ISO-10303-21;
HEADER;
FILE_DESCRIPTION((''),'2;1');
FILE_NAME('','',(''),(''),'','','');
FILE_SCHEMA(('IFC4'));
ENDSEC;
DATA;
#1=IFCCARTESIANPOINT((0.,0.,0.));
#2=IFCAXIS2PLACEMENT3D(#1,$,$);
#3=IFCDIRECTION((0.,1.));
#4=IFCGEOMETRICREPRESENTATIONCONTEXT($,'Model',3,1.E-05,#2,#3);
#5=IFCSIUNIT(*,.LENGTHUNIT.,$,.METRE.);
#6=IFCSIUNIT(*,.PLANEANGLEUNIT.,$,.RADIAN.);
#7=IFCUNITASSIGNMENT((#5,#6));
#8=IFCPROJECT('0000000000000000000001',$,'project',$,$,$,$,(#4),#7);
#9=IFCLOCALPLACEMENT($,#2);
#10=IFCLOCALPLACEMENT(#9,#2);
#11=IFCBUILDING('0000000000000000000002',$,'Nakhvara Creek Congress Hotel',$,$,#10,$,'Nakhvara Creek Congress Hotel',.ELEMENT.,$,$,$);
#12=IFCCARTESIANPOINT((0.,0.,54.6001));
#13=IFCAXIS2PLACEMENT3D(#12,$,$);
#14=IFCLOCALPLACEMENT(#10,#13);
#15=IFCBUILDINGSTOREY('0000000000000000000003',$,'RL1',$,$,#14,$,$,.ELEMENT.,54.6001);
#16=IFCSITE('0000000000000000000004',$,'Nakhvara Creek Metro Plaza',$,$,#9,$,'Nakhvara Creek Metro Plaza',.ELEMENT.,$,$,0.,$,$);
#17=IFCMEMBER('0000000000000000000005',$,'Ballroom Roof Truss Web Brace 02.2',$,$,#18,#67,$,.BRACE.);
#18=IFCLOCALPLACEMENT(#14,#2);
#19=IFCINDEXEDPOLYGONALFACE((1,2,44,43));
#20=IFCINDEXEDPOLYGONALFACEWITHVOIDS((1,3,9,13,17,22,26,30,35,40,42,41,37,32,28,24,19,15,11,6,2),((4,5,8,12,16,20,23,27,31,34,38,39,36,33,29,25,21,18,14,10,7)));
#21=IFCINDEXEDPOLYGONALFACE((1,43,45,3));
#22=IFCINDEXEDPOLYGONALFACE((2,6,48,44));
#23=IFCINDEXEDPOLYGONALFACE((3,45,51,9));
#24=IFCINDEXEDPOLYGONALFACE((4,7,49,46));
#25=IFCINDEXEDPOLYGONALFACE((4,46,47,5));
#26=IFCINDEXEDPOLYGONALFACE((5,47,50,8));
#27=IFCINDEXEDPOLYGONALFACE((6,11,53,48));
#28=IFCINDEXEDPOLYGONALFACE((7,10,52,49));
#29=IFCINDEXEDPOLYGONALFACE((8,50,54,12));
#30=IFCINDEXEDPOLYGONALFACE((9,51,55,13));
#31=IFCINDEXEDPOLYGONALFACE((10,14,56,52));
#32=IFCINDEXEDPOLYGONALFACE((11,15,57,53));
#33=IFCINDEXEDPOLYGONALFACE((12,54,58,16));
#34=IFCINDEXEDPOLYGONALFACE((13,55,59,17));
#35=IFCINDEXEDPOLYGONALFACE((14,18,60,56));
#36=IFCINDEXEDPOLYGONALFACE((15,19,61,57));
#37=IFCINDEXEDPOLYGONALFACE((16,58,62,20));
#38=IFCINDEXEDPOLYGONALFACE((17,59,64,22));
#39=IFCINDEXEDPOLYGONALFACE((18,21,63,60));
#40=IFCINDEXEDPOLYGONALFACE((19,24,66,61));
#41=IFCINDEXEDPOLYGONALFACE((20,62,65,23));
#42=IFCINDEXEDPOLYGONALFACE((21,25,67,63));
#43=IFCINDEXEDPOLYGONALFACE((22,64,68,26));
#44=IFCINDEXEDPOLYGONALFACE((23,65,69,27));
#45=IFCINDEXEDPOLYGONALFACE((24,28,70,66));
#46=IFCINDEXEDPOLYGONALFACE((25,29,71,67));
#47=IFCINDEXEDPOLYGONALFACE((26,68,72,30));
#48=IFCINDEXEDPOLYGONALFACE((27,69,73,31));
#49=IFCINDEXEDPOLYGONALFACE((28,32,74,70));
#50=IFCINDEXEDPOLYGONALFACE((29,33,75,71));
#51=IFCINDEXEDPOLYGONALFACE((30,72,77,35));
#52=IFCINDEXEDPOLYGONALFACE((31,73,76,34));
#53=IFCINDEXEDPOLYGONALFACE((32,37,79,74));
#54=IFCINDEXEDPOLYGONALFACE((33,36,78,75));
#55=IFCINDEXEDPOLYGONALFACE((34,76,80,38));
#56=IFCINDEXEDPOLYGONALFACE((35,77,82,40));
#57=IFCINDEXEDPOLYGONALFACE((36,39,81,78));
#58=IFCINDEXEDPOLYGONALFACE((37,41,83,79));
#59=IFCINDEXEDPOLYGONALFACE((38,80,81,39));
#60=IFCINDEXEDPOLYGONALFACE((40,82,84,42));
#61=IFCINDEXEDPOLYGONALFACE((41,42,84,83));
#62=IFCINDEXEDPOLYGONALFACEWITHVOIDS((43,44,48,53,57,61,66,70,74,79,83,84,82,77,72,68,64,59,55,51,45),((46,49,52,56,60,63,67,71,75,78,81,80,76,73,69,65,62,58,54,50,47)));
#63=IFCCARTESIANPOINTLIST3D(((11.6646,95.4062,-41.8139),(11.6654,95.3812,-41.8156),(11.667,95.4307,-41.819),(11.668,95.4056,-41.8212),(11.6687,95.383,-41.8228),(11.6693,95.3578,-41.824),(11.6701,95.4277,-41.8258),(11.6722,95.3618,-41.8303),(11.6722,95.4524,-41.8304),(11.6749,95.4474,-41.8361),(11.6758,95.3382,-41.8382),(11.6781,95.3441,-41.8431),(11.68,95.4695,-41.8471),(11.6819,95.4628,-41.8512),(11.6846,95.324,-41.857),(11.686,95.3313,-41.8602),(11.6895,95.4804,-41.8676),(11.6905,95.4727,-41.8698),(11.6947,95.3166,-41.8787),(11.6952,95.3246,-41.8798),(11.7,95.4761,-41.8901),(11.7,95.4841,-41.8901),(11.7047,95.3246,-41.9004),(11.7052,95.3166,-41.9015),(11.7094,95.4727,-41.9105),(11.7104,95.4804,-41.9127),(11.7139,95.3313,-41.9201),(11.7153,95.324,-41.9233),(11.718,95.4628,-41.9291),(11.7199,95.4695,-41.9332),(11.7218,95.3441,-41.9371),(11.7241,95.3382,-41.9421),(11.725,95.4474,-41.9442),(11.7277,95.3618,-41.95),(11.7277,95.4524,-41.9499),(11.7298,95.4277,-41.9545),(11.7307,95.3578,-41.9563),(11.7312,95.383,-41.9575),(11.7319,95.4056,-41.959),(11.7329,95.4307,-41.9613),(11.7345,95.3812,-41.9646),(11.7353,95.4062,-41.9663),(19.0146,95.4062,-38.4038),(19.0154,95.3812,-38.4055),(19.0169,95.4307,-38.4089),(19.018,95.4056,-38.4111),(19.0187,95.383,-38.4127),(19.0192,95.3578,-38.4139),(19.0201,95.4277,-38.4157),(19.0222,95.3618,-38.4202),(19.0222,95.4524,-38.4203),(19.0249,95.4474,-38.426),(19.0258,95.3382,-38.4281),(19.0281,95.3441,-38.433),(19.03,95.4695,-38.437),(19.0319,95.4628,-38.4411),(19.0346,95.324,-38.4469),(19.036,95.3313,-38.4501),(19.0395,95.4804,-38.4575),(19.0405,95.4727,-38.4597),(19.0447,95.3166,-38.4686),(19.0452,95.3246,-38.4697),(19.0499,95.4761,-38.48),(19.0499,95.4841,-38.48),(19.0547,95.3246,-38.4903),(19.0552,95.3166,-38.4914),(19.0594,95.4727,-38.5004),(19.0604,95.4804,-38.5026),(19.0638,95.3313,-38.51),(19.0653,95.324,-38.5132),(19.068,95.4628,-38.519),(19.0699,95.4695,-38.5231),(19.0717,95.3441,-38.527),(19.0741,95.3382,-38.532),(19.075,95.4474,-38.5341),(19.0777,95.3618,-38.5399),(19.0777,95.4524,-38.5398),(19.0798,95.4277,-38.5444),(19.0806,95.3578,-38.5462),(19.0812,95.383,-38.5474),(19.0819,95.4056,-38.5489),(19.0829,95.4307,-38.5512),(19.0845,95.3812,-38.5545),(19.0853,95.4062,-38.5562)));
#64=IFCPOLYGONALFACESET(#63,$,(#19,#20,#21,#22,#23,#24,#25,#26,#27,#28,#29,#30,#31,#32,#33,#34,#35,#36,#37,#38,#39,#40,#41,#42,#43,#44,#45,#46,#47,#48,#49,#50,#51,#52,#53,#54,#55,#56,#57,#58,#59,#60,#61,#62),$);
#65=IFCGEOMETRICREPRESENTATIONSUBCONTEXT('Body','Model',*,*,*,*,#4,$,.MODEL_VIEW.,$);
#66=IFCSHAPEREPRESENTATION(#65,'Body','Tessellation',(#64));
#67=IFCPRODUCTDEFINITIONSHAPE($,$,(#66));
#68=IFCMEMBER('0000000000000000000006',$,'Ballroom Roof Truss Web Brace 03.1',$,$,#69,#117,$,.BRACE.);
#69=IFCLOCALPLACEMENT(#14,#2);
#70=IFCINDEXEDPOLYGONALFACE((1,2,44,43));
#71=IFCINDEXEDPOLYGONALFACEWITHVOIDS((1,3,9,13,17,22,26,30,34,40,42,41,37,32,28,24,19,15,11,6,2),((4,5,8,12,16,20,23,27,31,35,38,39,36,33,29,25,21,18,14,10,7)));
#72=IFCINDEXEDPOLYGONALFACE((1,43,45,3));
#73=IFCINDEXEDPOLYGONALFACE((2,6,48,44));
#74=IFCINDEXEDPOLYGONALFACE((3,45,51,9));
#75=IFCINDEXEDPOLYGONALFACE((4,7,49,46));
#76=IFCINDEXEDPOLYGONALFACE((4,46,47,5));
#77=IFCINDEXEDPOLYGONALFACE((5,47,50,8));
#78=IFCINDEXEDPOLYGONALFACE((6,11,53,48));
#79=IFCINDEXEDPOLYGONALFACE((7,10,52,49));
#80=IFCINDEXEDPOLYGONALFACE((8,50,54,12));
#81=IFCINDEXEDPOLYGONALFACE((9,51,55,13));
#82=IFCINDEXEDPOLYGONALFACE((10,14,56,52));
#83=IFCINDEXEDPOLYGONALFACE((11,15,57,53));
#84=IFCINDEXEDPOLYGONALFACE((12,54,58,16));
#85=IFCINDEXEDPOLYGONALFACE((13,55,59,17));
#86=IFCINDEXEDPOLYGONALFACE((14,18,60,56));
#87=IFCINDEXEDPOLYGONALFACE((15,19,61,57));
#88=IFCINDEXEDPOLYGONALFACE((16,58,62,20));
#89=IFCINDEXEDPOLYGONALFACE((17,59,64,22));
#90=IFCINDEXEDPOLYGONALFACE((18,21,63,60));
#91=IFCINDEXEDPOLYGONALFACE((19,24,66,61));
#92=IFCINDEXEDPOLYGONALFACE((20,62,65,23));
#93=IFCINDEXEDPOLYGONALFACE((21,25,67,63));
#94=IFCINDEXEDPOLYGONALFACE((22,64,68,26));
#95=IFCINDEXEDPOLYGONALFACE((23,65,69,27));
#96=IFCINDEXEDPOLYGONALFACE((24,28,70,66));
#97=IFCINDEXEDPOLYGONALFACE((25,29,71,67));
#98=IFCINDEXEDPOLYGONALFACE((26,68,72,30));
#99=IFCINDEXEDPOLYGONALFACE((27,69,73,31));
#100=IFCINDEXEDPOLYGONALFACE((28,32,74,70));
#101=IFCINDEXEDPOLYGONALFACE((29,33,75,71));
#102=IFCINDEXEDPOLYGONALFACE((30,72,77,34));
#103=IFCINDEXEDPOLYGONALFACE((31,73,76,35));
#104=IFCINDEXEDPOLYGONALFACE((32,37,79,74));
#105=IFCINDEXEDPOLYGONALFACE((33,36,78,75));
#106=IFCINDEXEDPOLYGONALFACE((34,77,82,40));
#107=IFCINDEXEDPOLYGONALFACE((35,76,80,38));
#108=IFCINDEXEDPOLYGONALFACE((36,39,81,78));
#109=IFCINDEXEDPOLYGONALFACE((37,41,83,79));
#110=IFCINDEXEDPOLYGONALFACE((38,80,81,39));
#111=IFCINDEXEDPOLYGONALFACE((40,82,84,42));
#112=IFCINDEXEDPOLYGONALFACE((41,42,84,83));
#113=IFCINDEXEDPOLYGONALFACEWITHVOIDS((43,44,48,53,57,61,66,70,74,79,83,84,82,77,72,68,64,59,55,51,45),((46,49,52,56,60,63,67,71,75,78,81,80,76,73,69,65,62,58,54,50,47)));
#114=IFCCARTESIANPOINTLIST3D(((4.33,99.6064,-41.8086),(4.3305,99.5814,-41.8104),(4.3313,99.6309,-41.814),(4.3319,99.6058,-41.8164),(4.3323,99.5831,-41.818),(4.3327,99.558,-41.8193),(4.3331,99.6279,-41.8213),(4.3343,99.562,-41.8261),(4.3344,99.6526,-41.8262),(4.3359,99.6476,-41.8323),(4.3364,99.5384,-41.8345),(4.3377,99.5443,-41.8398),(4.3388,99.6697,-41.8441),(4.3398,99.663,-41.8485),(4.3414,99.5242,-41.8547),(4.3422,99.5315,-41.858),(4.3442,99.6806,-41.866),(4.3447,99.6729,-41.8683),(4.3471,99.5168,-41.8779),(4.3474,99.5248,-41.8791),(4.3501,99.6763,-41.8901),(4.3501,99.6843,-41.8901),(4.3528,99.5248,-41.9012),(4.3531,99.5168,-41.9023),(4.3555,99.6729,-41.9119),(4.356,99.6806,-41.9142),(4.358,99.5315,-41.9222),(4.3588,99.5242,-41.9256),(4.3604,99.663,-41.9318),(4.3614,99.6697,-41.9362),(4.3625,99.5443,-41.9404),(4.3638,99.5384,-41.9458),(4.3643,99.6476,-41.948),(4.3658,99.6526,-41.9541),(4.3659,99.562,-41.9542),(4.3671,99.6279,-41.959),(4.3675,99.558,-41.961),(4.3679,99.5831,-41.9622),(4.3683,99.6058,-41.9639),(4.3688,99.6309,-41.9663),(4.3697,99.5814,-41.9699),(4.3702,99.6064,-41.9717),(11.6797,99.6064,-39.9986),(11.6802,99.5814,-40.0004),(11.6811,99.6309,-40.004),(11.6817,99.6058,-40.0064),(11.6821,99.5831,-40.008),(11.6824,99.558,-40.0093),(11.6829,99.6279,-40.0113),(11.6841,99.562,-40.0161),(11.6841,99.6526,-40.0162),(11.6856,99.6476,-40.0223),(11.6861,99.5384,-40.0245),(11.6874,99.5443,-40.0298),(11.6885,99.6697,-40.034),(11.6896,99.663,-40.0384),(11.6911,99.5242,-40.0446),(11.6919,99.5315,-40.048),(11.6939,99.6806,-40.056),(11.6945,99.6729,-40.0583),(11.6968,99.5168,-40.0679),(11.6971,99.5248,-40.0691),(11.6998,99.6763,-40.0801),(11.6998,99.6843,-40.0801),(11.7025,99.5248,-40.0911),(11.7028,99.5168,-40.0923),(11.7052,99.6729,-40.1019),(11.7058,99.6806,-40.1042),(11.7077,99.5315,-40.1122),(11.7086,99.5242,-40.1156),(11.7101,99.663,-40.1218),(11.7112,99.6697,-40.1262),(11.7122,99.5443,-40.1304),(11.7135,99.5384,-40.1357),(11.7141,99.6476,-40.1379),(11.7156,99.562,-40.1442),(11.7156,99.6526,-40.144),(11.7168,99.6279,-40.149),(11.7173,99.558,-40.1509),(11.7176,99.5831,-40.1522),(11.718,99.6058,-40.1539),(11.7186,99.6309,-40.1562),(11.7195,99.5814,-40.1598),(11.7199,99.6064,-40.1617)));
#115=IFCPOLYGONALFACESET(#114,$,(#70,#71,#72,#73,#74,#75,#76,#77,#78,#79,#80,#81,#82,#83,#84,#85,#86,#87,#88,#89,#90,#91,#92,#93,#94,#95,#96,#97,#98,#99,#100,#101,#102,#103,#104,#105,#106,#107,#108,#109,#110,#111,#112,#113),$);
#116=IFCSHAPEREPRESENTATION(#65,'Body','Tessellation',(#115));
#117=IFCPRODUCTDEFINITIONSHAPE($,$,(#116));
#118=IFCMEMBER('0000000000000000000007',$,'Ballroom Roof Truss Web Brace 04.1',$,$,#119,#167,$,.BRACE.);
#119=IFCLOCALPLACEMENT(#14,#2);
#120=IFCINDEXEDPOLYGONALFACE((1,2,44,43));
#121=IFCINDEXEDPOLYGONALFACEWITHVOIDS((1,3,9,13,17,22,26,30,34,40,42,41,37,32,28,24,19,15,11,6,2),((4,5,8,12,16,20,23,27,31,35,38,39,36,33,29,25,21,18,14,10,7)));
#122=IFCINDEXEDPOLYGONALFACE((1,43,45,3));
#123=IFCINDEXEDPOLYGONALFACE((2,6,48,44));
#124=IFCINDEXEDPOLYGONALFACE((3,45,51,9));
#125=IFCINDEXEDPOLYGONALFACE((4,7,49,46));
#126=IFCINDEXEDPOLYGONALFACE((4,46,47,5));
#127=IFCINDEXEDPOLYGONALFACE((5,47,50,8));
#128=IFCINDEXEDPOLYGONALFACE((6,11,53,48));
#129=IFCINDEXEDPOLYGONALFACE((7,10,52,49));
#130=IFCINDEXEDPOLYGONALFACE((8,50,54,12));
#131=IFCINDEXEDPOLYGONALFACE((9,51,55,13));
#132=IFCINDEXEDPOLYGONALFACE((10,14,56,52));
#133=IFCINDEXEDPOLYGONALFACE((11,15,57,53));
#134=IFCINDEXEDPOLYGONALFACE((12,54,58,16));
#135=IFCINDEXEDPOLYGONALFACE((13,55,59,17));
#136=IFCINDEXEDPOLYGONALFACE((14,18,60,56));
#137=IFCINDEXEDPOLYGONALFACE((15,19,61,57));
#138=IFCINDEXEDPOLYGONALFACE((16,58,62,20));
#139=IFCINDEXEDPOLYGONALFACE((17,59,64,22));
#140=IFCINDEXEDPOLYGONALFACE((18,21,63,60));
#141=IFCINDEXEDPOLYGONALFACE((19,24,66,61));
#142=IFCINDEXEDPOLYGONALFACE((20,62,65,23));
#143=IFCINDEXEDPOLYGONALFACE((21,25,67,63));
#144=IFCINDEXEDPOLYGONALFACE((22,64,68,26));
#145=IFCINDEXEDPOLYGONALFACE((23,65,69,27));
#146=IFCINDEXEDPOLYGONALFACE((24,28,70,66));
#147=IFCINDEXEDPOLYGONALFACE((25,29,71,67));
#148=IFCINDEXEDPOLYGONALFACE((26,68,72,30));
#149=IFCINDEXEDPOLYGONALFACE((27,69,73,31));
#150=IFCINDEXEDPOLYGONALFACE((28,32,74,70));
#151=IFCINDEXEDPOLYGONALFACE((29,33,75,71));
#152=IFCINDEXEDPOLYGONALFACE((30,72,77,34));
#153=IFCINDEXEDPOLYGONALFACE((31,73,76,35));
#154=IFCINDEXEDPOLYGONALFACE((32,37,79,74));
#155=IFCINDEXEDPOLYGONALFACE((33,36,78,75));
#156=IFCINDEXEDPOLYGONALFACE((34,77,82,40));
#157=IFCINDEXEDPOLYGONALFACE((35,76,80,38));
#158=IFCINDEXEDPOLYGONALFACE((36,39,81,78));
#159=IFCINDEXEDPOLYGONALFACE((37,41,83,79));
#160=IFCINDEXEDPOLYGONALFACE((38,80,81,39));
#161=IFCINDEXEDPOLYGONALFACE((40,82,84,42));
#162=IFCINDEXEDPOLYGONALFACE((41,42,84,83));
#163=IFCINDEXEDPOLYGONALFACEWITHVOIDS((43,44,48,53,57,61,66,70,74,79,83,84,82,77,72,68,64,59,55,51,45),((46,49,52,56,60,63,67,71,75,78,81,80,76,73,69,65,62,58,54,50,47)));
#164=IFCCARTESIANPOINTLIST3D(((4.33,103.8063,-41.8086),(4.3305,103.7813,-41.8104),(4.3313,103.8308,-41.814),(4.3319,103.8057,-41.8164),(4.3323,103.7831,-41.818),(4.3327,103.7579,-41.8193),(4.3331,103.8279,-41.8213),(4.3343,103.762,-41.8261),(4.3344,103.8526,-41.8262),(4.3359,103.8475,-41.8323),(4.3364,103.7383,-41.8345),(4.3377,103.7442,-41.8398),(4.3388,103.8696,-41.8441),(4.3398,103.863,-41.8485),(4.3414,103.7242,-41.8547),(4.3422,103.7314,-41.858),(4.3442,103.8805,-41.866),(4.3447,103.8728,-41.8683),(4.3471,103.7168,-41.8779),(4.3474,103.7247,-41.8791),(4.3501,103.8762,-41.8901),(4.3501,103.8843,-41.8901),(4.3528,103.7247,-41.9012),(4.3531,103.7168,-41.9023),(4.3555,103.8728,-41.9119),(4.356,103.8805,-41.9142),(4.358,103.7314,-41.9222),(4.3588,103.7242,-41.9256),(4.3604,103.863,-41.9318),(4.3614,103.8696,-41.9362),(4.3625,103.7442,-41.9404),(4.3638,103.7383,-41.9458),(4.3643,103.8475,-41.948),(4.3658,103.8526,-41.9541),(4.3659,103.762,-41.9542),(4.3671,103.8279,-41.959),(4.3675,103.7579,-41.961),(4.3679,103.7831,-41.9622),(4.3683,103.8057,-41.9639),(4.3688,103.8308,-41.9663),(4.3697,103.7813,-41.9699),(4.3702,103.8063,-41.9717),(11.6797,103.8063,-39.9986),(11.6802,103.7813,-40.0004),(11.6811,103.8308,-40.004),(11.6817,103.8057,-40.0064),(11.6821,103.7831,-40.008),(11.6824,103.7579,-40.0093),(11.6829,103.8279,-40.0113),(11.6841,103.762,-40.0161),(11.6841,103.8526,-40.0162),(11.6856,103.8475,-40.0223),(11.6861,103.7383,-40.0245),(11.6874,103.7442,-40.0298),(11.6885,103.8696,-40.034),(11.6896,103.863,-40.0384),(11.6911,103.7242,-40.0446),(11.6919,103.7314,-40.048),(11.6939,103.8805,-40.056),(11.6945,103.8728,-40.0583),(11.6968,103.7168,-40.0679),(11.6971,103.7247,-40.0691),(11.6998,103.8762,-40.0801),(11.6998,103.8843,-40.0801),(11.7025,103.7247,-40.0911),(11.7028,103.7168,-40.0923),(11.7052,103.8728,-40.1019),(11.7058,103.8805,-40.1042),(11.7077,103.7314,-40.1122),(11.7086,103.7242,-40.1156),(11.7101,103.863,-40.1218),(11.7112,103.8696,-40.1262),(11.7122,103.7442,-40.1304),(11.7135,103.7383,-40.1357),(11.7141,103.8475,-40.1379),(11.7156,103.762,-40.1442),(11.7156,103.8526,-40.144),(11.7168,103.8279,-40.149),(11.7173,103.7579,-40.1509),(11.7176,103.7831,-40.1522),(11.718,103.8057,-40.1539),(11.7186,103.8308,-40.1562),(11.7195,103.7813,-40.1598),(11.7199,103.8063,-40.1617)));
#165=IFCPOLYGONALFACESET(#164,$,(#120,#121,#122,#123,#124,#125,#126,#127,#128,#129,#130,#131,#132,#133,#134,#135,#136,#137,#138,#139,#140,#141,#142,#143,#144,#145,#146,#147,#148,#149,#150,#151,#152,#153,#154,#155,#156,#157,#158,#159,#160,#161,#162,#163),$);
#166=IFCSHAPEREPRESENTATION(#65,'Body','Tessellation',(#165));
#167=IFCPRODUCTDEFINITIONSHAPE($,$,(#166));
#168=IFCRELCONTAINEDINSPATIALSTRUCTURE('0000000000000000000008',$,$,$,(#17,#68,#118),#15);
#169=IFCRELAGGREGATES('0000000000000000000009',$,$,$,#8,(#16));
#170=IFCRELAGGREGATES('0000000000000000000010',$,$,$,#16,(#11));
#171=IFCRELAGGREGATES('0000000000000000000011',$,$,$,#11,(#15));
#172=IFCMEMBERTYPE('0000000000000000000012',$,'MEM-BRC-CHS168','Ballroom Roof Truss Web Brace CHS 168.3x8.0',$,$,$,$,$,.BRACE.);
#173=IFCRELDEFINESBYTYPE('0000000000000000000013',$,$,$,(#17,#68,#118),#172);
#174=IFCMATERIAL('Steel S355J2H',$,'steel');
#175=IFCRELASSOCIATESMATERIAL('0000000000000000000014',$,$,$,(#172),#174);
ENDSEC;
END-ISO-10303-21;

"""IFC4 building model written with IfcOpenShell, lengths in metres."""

from ifc_helpers import new_model, si_unit, direction, frame, origin, origin_2d, place, context, subcontext, project, spatial, hollow_circle, extrude, material, material_profile, profile_set, type_object, element, save


model = new_model("IFC4")

# Units and contexts
model_context = context("Model", 3, precision=1e-05, world=origin(), true_north=direction((0.0, 1.0)))
body_context = subcontext(model_context, "Body", "Model", "MODEL_VIEW")
ifc_project = project(units=[si_unit("LENGTHUNIT", "METRE"), si_unit("PLANEANGLEUNIT", "RADIAN")], contexts=[model_context])

# Site, building, storey
site_placement = place(None, origin())
site = spatial("IfcSite", under=ifc_project, at=site_placement, Name="Nakhvara Creek Metro Plaza", LongName="Nakhvara Creek Metro Plaza", CompositionType="ELEMENT", RefElevation=0.0)
building_placement = place(site_placement, origin())
building = spatial("IfcBuilding", under=site, at=building_placement, Name="Nakhvara Creek Congress Hotel", LongName="Nakhvara Creek Congress Hotel", CompositionType="ELEMENT")
storey_placement = place(building_placement, frame((0.0, 0.0, 54.6001)))
storey = spatial("IfcBuildingStorey", under=building, at=storey_placement, Name="RL1", CompositionType="ELEMENT", Elevation=54.6001)

# Members
ifc_material_1 = material(Name="Steel S355J2H", Category="steel")
ifc_material_profile_1 = material_profile(ifc_material_1, hollow_circle(Radius=0.0842, WallThickness=0.0081, at=origin_2d()), Name="CHS 168.3x8.0", Category="LoadBearing")
ifc_profile_set_1 = profile_set([ifc_material_profile_1], Name="Steel S355J2H")
member_type_1 = type_object("IfcMemberType", Name="MEM-BRC-CHS168", Description="Ballroom Roof Truss Web Brace CHS 168.3x8.0", PredefinedType="BRACE", material=ifc_profile_set_1)
member_1_placement = place(storey_placement, frame((11.7, 95.3999, -41.8901), z_axis=(0.907122, 0.0, 0.420869), x_axis=(0.0, 1.0, 0.0)))
element("IfcMember", 1, at=member_1_placement, inside=storey, type_object=member_type_1, Name="Ballroom Roof Truss Web Brace 02.2", PredefinedType="BRACE", context=body_context, shape_type="SweptSolid", body=[
    extrude(hollow_circle(Radius=0.0842, WallThickness=0.0081, at=origin_2d()), origin(), (0.0, 0.0, 1.0), 8.1025),
])
for number, where, z_axis, x_axis, name in (
    (2, (4.3501, 99.6001, -41.8901), (0.970988, 0.0, 0.239127), (0.0, 1.0, 0.0), "Ballroom Roof Truss Web Brace 03.1"),
    (3, (4.3501, 103.8, -41.8901), (0.970988, 0.0, 0.239127), (0.0, 1.0, 0.0), "Ballroom Roof Truss Web Brace 04.1"),
):
    element("IfcMember", number, at=place(storey_placement, frame(where, z_axis=z_axis, x_axis=x_axis)), inside=storey, type_object=member_type_1, Name=name, PredefinedType="BRACE", context=body_context, shape_type="SweptSolid", body=[
        extrude(hollow_circle(Radius=0.0842, WallThickness=0.0081, at=origin_2d()), origin(), (0.0, 0.0, 1.0), 7.5693),
    ])

save(model, "model.ifc")
